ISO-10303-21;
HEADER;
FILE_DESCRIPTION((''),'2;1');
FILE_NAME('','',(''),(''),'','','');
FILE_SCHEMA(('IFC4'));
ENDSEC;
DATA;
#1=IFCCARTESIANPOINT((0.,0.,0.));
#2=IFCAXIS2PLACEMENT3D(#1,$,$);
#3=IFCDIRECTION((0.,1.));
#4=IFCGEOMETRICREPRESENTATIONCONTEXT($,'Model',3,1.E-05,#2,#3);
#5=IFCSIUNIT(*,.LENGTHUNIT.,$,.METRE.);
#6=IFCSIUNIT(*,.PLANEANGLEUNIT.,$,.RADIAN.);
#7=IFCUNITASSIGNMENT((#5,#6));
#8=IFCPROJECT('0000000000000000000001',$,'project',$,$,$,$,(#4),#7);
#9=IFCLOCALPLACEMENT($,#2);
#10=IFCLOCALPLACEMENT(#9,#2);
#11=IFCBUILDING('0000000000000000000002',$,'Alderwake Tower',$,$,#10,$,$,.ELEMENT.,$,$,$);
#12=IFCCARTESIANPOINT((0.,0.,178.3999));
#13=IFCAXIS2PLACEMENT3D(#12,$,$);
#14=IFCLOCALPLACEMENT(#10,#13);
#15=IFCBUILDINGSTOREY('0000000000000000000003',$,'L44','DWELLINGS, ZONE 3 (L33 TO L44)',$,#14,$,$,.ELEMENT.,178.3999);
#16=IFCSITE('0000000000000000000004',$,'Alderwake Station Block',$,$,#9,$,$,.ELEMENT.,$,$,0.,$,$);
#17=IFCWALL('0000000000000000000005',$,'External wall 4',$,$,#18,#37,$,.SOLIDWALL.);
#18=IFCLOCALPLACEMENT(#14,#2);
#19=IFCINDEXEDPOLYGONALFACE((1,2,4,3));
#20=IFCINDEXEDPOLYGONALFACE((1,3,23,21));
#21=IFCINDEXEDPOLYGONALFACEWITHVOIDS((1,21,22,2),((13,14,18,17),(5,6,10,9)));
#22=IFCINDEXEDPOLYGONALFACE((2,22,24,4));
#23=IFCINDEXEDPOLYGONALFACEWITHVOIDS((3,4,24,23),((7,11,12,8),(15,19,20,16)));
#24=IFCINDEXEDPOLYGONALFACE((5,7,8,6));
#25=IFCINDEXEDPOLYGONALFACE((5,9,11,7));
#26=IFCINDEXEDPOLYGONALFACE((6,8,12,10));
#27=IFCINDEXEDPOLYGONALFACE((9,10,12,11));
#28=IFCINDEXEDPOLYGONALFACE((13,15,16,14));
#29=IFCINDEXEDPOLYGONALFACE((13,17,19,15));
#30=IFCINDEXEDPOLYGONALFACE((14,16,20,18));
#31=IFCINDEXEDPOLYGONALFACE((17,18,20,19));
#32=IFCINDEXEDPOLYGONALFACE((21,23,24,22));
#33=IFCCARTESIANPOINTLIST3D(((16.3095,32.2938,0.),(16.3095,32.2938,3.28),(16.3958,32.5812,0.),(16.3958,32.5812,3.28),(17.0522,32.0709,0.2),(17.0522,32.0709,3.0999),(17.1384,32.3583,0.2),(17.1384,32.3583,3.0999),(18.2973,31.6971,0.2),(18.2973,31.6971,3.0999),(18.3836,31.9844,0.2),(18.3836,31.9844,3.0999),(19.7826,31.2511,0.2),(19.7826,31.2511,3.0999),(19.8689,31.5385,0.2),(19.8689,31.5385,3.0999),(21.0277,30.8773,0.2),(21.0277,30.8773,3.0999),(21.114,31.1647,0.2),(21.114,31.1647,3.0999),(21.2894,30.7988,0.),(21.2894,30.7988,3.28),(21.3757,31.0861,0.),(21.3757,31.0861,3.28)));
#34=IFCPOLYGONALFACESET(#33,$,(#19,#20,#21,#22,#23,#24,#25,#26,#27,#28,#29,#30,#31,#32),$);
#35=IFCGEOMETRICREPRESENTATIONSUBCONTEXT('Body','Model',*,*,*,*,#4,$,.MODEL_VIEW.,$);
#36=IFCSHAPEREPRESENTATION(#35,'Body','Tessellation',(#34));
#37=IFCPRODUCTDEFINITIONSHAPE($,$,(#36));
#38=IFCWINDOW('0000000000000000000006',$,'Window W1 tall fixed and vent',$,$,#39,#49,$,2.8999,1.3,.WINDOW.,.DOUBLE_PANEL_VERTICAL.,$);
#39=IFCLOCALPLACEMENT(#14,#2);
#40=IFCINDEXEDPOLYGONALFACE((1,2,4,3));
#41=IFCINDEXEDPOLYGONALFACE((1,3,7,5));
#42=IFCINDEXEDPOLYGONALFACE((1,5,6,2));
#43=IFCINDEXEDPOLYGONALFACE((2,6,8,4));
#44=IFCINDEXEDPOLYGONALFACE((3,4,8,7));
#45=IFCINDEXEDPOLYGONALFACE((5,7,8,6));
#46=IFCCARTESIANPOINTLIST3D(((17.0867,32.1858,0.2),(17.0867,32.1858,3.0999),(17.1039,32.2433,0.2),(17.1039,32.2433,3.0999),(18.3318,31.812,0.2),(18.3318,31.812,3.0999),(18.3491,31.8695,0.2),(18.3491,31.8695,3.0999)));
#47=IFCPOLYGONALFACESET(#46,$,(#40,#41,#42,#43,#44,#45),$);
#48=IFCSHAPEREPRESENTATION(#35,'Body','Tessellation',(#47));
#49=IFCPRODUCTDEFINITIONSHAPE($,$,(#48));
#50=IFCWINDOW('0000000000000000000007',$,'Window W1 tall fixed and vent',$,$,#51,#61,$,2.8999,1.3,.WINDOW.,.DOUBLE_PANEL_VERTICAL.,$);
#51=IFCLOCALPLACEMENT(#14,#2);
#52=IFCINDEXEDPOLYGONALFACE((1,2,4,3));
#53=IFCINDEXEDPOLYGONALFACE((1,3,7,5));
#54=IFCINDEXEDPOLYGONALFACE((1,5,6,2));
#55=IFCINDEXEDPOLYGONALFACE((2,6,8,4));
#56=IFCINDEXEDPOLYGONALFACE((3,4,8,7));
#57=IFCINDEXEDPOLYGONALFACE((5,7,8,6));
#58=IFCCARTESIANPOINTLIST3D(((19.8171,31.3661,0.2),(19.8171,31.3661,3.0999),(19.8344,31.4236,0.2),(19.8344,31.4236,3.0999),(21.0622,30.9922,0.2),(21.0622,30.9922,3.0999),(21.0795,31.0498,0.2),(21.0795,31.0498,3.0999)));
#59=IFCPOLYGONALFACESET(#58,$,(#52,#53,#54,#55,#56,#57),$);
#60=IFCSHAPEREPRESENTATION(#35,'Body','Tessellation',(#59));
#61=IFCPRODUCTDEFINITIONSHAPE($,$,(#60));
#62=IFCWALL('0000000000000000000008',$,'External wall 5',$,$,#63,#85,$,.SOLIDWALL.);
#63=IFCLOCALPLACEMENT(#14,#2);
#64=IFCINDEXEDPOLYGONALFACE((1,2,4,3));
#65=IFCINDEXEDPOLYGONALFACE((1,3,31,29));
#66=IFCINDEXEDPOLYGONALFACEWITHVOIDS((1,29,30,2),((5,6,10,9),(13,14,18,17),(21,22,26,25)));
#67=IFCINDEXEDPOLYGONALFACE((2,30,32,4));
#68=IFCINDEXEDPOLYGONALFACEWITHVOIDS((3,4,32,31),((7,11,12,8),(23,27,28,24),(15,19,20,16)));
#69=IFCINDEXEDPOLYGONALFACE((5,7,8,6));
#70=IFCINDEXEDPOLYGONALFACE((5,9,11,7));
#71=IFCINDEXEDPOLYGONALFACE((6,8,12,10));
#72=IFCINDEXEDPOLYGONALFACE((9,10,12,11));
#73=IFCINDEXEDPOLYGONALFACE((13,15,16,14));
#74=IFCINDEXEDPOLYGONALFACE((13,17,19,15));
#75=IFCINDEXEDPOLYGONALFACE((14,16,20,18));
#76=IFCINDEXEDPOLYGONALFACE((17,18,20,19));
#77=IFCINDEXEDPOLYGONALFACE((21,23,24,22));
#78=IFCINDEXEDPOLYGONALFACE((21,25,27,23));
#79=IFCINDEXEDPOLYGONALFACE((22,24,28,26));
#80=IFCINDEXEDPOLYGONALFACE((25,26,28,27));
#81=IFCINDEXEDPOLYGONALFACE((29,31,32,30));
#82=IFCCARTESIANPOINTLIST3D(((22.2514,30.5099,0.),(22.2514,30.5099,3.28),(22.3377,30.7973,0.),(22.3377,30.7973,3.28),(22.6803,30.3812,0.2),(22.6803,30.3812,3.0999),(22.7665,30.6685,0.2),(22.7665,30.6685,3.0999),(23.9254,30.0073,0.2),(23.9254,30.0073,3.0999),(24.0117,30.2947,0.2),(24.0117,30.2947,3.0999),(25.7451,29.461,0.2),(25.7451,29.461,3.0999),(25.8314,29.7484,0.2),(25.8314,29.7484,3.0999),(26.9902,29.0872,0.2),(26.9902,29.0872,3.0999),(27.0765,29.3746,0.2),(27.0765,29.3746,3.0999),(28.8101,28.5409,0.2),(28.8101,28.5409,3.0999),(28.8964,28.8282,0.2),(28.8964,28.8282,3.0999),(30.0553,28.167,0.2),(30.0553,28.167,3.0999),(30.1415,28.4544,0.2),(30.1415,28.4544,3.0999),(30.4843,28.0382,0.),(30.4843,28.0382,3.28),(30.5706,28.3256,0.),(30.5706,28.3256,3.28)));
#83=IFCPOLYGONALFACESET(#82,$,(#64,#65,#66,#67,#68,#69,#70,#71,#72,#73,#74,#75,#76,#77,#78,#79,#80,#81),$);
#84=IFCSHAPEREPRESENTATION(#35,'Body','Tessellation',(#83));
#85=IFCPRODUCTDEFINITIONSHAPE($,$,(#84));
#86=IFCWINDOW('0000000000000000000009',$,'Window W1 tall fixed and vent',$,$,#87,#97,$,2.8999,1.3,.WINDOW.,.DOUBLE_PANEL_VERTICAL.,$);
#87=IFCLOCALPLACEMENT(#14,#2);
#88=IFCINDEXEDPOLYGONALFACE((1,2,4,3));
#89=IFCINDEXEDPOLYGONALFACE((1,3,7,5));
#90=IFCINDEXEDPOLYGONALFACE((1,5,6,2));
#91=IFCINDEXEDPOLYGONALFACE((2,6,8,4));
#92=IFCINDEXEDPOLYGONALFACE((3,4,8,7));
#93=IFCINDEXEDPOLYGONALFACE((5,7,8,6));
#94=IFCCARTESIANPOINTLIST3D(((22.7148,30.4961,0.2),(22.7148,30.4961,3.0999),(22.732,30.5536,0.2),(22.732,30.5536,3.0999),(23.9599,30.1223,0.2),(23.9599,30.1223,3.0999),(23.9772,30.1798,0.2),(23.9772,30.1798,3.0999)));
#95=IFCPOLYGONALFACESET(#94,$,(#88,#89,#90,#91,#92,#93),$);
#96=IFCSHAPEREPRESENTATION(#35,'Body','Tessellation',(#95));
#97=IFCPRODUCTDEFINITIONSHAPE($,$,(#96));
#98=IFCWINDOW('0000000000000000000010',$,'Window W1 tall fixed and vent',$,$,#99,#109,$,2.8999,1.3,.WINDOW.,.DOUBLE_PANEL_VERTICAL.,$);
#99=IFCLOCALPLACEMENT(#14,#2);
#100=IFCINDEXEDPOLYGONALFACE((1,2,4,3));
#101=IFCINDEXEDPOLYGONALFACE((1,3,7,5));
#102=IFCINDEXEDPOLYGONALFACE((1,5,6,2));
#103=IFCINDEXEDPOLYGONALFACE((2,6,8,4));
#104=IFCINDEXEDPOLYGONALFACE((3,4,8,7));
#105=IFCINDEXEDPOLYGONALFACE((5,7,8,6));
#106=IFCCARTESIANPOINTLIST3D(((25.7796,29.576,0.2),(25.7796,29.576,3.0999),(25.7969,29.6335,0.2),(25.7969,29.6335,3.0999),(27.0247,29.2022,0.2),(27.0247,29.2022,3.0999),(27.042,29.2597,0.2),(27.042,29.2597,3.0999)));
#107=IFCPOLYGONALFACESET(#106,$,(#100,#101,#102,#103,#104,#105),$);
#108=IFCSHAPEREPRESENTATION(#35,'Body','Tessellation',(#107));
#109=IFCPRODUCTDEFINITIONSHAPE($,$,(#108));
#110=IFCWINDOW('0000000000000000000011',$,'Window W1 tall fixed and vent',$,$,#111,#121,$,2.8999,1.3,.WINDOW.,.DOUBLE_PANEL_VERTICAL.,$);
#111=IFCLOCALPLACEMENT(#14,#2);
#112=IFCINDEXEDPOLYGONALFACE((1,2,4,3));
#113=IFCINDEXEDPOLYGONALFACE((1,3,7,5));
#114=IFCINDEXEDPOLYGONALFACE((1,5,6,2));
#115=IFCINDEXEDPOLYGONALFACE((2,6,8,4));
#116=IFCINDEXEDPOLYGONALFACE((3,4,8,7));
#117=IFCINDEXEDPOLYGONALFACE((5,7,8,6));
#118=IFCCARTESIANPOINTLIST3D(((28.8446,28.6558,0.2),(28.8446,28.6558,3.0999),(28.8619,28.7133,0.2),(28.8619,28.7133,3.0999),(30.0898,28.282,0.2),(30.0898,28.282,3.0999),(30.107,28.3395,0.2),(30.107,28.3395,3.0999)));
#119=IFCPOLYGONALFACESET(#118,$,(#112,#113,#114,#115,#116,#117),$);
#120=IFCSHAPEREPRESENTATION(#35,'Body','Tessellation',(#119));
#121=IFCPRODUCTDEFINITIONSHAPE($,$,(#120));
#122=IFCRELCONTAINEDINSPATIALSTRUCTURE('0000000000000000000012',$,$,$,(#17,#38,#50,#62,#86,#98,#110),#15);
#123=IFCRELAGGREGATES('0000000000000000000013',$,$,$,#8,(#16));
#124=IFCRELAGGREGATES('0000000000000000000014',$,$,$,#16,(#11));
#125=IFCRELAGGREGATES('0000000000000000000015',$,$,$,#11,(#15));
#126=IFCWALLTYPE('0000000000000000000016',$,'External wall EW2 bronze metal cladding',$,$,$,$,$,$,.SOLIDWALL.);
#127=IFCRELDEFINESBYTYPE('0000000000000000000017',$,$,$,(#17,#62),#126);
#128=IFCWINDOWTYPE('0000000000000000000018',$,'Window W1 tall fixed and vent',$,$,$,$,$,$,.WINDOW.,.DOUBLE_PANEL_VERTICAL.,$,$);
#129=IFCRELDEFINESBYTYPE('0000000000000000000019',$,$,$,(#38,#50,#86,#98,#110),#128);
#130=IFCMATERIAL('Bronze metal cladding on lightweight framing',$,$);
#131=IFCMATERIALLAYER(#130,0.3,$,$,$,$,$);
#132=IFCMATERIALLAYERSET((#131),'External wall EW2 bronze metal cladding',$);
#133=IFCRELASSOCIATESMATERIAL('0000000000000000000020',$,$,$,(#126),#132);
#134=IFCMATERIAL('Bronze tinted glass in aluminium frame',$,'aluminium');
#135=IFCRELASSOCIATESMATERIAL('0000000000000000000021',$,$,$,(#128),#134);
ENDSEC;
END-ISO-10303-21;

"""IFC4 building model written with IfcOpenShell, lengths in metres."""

from ifc_helpers import new_model, si_unit, direction, frame, frame_2d, origin, place, context, subcontext, project, spatial, rectangle, extrude, material, layer, layer_set, type_object, element, fill, save


model = new_model("IFC4")

# Units and contexts
model_context = context("Model", 3, precision=1e-05, world=origin(), true_north=direction((0.0, 1.0)))
body_context = subcontext(model_context, "Body", "Model", "MODEL_VIEW")
ifc_project = project(units=[si_unit("LENGTHUNIT", "METRE"), si_unit("PLANEANGLEUNIT", "RADIAN")], contexts=[model_context])

# Site, building, storey
site_placement = place(None, origin())
site = spatial("IfcSite", under=ifc_project, at=site_placement, Name="Alderwake Station Block", CompositionType="ELEMENT", RefElevation=0.0)
building_placement = place(site_placement, origin())
building = spatial("IfcBuilding", under=site, at=building_placement, Name="Alderwake Tower", CompositionType="ELEMENT")
storey_placement = place(building_placement, frame((0.0, 0.0, 178.3999)))
storey = spatial("IfcBuildingStorey", under=building, at=storey_placement, Name="L44", Description="DWELLINGS, ZONE 3 (L33 TO L44)", CompositionType="ELEMENT", Elevation=178.3999)

# Walls, openings, windows
ifc_material_1 = material(Name="Bronze metal cladding on lightweight framing")
ifc_layer_1 = layer(ifc_material_1, 0.3)
ifc_layer_set_1 = layer_set([ifc_layer_1], Name="External wall EW2 bronze metal cladding")
wall_type_1 = type_object("IfcWallType", Name="External wall EW2 bronze metal cladding", PredefinedType="SOLIDWALL", material=ifc_layer_set_1)
wall_1_placement = place(storey_placement, frame((16.3528, 32.4375, 0.0), z_axis=(0.0, 0.0, 1.0), x_axis=(0.957767, -0.287546, 0.0)))
wall_1 = element("IfcWall", 1, at=wall_1_placement, inside=storey, type_object=wall_type_1, Name="External wall 4", PredefinedType="SOLIDWALL", context=body_context, shape_type="SweptSolid", body=[
    extrude(rectangle(XDim=5.1995, YDim=0.3, at=frame_2d((2.5996, 0.0))), origin(), (0.0, 0.0, 1.0), 3.28),
])
opening_1_placement = place(wall_1_placement, frame((0.7754, 0.0, 0.2)))
opening_1 = element("IfcOpeningElement", 2, at=opening_1_placement, cuts=wall_1, PredefinedType="OPENING", context=body_context, shape_type="SweptSolid", body=[
    extrude(rectangle(XDim=1.3, YDim=2.8999, at=frame_2d((0.6499, 1.45))), frame((0.0, 0.1599, 0.0), z_axis=(0.0, -1.0, 0.0), x_axis=(1.0, 0.0, 0.0)), (0.0, 0.0, 1.0), 0.3201),
])
opening_2_placement = place(wall_1_placement, frame((3.6262, 0.0, 0.2)))
opening_2 = element("IfcOpeningElement", 3, at=opening_2_placement, cuts=wall_1, PredefinedType="OPENING", context=body_context, shape_type="SweptSolid", body=[
    extrude(rectangle(XDim=1.3, YDim=2.8999, at=frame_2d((0.6499, 1.45))), frame((0.0, 0.1599, 0.0), z_axis=(0.0, -1.0, 0.0), x_axis=(1.0, 0.0, 0.0)), (0.0, 0.0, 1.0), 0.3201),
])
ifc_material_2 = material(Name="Bronze tinted glass in aluminium frame", Category="aluminium")
window_type_1 = type_object("IfcWindowType", Name="Window W1 tall fixed and vent", PartitioningType="DOUBLE_PANEL_VERTICAL", PredefinedType="WINDOW", material=ifc_material_2)
window_1_placement = place(opening_1_placement, origin())
window_1 = element("IfcWindow", 4, at=window_1_placement, inside=storey, type_object=window_type_1, Name="Window W1 tall fixed and vent", OverallHeight=2.8999, OverallWidth=1.3, PartitioningType="DOUBLE_PANEL_VERTICAL", PredefinedType="WINDOW", context=body_context, shape_type="SweptSolid", body=[
    extrude(rectangle(XDim=1.3, YDim=2.8999, at=frame_2d((0.6499, 1.45))), frame((0.0, 0.03, 0.0), z_axis=(0.0, -1.0, 0.0), x_axis=(1.0, 0.0, 0.0)), (0.0, 0.0, 1.0), 0.0601),
])
fill(opening_1, window_1)
window_2_placement = place(opening_2_placement, origin())
window_2 = element("IfcWindow", 5, at=window_2_placement, inside=storey, type_object=window_type_1, Name="Window W1 tall fixed and vent", OverallHeight=2.8999, OverallWidth=1.3, PartitioningType="DOUBLE_PANEL_VERTICAL", PredefinedType="WINDOW", context=body_context, shape_type="SweptSolid", body=[
    extrude(rectangle(XDim=1.3, YDim=2.8999, at=frame_2d((0.6499, 1.45))), frame((0.0, 0.03, 0.0), z_axis=(0.0, -1.0, 0.0), x_axis=(1.0, 0.0, 0.0)), (0.0, 0.0, 1.0), 0.0601),
])
fill(opening_2, window_2)
wall_2_placement = place(storey_placement, frame((22.2947, 30.6536, 0.0), z_axis=(0.0, 0.0, 1.0), x_axis=(0.957768, -0.287541, 0.0)))
wall_2 = element("IfcWall", 6, at=wall_2_placement, inside=storey, type_object=wall_type_1, Name="External wall 5", PredefinedType="SOLIDWALL", context=body_context, shape_type="SweptSolid", body=[
    extrude(rectangle(XDim=8.5959, YDim=0.3, at=frame_2d((4.2979, 0.0))), origin(), (0.0, 0.0, 1.0), 3.28),
])
opening_3_placement = place(wall_2_placement, frame((0.4478, 0.0, 0.2)))
opening_3 = element("IfcOpeningElement", 7, at=opening_3_placement, cuts=wall_2, PredefinedType="OPENING", context=body_context, shape_type="SweptSolid", body=[
    extrude(rectangle(XDim=1.3, YDim=2.8999, at=frame_2d((0.6499, 1.45))), frame((0.0, 0.1599, 0.0), z_axis=(0.0, -1.0, 0.0), x_axis=(1.0, 0.0, 0.0)), (0.0, 0.0, 1.0), 0.3201),
])
opening_4_placement = place(wall_2_placement, frame((3.6477, 0.0, 0.2)))
opening_4 = element("IfcOpeningElement", 8, at=opening_4_placement, cuts=wall_2, PredefinedType="OPENING", context=body_context, shape_type="SweptSolid", body=[
    extrude(rectangle(XDim=1.3, YDim=2.8999, at=frame_2d((0.6499, 1.45))), frame((0.0, 0.1599, 0.0), z_axis=(0.0, -1.0, 0.0), x_axis=(1.0, 0.0, 0.0)), (0.0, 0.0, 1.0), 0.3201),
])
opening_5_placement = place(wall_2_placement, frame((6.8479, 0.0, 0.2)))
opening_5 = element("IfcOpeningElement", 9, at=opening_5_placement, cuts=wall_2, PredefinedType="OPENING", context=body_context, shape_type="SweptSolid", body=[
    extrude(rectangle(XDim=1.3, YDim=2.8999, at=frame_2d((0.6499, 1.45))), frame((0.0, 0.1599, 0.0), z_axis=(0.0, -1.0, 0.0), x_axis=(1.0, 0.0, 0.0)), (0.0, 0.0, 1.0), 0.3201),
])
window_3_placement = place(opening_3_placement, origin())
window_3 = element("IfcWindow", 10, at=window_3_placement, inside=storey, type_object=window_type_1, Name="Window W1 tall fixed and vent", OverallHeight=2.8999, OverallWidth=1.3, PartitioningType="DOUBLE_PANEL_VERTICAL", PredefinedType="WINDOW", context=body_context, shape_type="SweptSolid", body=[
    extrude(rectangle(XDim=1.3, YDim=2.8999, at=frame_2d((0.6499, 1.45))), frame((0.0, 0.03, 0.0), z_axis=(0.0, -1.0, 0.0), x_axis=(1.0, 0.0, 0.0)), (0.0, 0.0, 1.0), 0.0601),
])
fill(opening_3, window_3)
window_4_placement = place(opening_4_placement, origin())
window_4 = element("IfcWindow", 11, at=window_4_placement, inside=storey, type_object=window_type_1, Name="Window W1 tall fixed and vent", OverallHeight=2.8999, OverallWidth=1.3, PartitioningType="DOUBLE_PANEL_VERTICAL", PredefinedType="WINDOW", context=body_context, shape_type="SweptSolid", body=[
    extrude(rectangle(XDim=1.3, YDim=2.8999, at=frame_2d((0.6499, 1.45))), frame((0.0, 0.03, 0.0), z_axis=(0.0, -1.0, 0.0), x_axis=(1.0, 0.0, 0.0)), (0.0, 0.0, 1.0), 0.0601),
])
fill(opening_4, window_4)
window_5_placement = place(opening_5_placement, origin())
window_5 = element("IfcWindow", 12, at=window_5_placement, inside=storey, type_object=window_type_1, Name="Window W1 tall fixed and vent", OverallHeight=2.8999, OverallWidth=1.3, PartitioningType="DOUBLE_PANEL_VERTICAL", PredefinedType="WINDOW", context=body_context, shape_type="SweptSolid", body=[
    extrude(rectangle(XDim=1.3, YDim=2.8999, at=frame_2d((0.6499, 1.45))), frame((0.0, 0.03, 0.0), z_axis=(0.0, -1.0, 0.0), x_axis=(1.0, 0.0, 0.0)), (0.0, 0.0, 1.0), 0.0601),
])
fill(opening_5, window_5)

save(model, "model.ifc")
